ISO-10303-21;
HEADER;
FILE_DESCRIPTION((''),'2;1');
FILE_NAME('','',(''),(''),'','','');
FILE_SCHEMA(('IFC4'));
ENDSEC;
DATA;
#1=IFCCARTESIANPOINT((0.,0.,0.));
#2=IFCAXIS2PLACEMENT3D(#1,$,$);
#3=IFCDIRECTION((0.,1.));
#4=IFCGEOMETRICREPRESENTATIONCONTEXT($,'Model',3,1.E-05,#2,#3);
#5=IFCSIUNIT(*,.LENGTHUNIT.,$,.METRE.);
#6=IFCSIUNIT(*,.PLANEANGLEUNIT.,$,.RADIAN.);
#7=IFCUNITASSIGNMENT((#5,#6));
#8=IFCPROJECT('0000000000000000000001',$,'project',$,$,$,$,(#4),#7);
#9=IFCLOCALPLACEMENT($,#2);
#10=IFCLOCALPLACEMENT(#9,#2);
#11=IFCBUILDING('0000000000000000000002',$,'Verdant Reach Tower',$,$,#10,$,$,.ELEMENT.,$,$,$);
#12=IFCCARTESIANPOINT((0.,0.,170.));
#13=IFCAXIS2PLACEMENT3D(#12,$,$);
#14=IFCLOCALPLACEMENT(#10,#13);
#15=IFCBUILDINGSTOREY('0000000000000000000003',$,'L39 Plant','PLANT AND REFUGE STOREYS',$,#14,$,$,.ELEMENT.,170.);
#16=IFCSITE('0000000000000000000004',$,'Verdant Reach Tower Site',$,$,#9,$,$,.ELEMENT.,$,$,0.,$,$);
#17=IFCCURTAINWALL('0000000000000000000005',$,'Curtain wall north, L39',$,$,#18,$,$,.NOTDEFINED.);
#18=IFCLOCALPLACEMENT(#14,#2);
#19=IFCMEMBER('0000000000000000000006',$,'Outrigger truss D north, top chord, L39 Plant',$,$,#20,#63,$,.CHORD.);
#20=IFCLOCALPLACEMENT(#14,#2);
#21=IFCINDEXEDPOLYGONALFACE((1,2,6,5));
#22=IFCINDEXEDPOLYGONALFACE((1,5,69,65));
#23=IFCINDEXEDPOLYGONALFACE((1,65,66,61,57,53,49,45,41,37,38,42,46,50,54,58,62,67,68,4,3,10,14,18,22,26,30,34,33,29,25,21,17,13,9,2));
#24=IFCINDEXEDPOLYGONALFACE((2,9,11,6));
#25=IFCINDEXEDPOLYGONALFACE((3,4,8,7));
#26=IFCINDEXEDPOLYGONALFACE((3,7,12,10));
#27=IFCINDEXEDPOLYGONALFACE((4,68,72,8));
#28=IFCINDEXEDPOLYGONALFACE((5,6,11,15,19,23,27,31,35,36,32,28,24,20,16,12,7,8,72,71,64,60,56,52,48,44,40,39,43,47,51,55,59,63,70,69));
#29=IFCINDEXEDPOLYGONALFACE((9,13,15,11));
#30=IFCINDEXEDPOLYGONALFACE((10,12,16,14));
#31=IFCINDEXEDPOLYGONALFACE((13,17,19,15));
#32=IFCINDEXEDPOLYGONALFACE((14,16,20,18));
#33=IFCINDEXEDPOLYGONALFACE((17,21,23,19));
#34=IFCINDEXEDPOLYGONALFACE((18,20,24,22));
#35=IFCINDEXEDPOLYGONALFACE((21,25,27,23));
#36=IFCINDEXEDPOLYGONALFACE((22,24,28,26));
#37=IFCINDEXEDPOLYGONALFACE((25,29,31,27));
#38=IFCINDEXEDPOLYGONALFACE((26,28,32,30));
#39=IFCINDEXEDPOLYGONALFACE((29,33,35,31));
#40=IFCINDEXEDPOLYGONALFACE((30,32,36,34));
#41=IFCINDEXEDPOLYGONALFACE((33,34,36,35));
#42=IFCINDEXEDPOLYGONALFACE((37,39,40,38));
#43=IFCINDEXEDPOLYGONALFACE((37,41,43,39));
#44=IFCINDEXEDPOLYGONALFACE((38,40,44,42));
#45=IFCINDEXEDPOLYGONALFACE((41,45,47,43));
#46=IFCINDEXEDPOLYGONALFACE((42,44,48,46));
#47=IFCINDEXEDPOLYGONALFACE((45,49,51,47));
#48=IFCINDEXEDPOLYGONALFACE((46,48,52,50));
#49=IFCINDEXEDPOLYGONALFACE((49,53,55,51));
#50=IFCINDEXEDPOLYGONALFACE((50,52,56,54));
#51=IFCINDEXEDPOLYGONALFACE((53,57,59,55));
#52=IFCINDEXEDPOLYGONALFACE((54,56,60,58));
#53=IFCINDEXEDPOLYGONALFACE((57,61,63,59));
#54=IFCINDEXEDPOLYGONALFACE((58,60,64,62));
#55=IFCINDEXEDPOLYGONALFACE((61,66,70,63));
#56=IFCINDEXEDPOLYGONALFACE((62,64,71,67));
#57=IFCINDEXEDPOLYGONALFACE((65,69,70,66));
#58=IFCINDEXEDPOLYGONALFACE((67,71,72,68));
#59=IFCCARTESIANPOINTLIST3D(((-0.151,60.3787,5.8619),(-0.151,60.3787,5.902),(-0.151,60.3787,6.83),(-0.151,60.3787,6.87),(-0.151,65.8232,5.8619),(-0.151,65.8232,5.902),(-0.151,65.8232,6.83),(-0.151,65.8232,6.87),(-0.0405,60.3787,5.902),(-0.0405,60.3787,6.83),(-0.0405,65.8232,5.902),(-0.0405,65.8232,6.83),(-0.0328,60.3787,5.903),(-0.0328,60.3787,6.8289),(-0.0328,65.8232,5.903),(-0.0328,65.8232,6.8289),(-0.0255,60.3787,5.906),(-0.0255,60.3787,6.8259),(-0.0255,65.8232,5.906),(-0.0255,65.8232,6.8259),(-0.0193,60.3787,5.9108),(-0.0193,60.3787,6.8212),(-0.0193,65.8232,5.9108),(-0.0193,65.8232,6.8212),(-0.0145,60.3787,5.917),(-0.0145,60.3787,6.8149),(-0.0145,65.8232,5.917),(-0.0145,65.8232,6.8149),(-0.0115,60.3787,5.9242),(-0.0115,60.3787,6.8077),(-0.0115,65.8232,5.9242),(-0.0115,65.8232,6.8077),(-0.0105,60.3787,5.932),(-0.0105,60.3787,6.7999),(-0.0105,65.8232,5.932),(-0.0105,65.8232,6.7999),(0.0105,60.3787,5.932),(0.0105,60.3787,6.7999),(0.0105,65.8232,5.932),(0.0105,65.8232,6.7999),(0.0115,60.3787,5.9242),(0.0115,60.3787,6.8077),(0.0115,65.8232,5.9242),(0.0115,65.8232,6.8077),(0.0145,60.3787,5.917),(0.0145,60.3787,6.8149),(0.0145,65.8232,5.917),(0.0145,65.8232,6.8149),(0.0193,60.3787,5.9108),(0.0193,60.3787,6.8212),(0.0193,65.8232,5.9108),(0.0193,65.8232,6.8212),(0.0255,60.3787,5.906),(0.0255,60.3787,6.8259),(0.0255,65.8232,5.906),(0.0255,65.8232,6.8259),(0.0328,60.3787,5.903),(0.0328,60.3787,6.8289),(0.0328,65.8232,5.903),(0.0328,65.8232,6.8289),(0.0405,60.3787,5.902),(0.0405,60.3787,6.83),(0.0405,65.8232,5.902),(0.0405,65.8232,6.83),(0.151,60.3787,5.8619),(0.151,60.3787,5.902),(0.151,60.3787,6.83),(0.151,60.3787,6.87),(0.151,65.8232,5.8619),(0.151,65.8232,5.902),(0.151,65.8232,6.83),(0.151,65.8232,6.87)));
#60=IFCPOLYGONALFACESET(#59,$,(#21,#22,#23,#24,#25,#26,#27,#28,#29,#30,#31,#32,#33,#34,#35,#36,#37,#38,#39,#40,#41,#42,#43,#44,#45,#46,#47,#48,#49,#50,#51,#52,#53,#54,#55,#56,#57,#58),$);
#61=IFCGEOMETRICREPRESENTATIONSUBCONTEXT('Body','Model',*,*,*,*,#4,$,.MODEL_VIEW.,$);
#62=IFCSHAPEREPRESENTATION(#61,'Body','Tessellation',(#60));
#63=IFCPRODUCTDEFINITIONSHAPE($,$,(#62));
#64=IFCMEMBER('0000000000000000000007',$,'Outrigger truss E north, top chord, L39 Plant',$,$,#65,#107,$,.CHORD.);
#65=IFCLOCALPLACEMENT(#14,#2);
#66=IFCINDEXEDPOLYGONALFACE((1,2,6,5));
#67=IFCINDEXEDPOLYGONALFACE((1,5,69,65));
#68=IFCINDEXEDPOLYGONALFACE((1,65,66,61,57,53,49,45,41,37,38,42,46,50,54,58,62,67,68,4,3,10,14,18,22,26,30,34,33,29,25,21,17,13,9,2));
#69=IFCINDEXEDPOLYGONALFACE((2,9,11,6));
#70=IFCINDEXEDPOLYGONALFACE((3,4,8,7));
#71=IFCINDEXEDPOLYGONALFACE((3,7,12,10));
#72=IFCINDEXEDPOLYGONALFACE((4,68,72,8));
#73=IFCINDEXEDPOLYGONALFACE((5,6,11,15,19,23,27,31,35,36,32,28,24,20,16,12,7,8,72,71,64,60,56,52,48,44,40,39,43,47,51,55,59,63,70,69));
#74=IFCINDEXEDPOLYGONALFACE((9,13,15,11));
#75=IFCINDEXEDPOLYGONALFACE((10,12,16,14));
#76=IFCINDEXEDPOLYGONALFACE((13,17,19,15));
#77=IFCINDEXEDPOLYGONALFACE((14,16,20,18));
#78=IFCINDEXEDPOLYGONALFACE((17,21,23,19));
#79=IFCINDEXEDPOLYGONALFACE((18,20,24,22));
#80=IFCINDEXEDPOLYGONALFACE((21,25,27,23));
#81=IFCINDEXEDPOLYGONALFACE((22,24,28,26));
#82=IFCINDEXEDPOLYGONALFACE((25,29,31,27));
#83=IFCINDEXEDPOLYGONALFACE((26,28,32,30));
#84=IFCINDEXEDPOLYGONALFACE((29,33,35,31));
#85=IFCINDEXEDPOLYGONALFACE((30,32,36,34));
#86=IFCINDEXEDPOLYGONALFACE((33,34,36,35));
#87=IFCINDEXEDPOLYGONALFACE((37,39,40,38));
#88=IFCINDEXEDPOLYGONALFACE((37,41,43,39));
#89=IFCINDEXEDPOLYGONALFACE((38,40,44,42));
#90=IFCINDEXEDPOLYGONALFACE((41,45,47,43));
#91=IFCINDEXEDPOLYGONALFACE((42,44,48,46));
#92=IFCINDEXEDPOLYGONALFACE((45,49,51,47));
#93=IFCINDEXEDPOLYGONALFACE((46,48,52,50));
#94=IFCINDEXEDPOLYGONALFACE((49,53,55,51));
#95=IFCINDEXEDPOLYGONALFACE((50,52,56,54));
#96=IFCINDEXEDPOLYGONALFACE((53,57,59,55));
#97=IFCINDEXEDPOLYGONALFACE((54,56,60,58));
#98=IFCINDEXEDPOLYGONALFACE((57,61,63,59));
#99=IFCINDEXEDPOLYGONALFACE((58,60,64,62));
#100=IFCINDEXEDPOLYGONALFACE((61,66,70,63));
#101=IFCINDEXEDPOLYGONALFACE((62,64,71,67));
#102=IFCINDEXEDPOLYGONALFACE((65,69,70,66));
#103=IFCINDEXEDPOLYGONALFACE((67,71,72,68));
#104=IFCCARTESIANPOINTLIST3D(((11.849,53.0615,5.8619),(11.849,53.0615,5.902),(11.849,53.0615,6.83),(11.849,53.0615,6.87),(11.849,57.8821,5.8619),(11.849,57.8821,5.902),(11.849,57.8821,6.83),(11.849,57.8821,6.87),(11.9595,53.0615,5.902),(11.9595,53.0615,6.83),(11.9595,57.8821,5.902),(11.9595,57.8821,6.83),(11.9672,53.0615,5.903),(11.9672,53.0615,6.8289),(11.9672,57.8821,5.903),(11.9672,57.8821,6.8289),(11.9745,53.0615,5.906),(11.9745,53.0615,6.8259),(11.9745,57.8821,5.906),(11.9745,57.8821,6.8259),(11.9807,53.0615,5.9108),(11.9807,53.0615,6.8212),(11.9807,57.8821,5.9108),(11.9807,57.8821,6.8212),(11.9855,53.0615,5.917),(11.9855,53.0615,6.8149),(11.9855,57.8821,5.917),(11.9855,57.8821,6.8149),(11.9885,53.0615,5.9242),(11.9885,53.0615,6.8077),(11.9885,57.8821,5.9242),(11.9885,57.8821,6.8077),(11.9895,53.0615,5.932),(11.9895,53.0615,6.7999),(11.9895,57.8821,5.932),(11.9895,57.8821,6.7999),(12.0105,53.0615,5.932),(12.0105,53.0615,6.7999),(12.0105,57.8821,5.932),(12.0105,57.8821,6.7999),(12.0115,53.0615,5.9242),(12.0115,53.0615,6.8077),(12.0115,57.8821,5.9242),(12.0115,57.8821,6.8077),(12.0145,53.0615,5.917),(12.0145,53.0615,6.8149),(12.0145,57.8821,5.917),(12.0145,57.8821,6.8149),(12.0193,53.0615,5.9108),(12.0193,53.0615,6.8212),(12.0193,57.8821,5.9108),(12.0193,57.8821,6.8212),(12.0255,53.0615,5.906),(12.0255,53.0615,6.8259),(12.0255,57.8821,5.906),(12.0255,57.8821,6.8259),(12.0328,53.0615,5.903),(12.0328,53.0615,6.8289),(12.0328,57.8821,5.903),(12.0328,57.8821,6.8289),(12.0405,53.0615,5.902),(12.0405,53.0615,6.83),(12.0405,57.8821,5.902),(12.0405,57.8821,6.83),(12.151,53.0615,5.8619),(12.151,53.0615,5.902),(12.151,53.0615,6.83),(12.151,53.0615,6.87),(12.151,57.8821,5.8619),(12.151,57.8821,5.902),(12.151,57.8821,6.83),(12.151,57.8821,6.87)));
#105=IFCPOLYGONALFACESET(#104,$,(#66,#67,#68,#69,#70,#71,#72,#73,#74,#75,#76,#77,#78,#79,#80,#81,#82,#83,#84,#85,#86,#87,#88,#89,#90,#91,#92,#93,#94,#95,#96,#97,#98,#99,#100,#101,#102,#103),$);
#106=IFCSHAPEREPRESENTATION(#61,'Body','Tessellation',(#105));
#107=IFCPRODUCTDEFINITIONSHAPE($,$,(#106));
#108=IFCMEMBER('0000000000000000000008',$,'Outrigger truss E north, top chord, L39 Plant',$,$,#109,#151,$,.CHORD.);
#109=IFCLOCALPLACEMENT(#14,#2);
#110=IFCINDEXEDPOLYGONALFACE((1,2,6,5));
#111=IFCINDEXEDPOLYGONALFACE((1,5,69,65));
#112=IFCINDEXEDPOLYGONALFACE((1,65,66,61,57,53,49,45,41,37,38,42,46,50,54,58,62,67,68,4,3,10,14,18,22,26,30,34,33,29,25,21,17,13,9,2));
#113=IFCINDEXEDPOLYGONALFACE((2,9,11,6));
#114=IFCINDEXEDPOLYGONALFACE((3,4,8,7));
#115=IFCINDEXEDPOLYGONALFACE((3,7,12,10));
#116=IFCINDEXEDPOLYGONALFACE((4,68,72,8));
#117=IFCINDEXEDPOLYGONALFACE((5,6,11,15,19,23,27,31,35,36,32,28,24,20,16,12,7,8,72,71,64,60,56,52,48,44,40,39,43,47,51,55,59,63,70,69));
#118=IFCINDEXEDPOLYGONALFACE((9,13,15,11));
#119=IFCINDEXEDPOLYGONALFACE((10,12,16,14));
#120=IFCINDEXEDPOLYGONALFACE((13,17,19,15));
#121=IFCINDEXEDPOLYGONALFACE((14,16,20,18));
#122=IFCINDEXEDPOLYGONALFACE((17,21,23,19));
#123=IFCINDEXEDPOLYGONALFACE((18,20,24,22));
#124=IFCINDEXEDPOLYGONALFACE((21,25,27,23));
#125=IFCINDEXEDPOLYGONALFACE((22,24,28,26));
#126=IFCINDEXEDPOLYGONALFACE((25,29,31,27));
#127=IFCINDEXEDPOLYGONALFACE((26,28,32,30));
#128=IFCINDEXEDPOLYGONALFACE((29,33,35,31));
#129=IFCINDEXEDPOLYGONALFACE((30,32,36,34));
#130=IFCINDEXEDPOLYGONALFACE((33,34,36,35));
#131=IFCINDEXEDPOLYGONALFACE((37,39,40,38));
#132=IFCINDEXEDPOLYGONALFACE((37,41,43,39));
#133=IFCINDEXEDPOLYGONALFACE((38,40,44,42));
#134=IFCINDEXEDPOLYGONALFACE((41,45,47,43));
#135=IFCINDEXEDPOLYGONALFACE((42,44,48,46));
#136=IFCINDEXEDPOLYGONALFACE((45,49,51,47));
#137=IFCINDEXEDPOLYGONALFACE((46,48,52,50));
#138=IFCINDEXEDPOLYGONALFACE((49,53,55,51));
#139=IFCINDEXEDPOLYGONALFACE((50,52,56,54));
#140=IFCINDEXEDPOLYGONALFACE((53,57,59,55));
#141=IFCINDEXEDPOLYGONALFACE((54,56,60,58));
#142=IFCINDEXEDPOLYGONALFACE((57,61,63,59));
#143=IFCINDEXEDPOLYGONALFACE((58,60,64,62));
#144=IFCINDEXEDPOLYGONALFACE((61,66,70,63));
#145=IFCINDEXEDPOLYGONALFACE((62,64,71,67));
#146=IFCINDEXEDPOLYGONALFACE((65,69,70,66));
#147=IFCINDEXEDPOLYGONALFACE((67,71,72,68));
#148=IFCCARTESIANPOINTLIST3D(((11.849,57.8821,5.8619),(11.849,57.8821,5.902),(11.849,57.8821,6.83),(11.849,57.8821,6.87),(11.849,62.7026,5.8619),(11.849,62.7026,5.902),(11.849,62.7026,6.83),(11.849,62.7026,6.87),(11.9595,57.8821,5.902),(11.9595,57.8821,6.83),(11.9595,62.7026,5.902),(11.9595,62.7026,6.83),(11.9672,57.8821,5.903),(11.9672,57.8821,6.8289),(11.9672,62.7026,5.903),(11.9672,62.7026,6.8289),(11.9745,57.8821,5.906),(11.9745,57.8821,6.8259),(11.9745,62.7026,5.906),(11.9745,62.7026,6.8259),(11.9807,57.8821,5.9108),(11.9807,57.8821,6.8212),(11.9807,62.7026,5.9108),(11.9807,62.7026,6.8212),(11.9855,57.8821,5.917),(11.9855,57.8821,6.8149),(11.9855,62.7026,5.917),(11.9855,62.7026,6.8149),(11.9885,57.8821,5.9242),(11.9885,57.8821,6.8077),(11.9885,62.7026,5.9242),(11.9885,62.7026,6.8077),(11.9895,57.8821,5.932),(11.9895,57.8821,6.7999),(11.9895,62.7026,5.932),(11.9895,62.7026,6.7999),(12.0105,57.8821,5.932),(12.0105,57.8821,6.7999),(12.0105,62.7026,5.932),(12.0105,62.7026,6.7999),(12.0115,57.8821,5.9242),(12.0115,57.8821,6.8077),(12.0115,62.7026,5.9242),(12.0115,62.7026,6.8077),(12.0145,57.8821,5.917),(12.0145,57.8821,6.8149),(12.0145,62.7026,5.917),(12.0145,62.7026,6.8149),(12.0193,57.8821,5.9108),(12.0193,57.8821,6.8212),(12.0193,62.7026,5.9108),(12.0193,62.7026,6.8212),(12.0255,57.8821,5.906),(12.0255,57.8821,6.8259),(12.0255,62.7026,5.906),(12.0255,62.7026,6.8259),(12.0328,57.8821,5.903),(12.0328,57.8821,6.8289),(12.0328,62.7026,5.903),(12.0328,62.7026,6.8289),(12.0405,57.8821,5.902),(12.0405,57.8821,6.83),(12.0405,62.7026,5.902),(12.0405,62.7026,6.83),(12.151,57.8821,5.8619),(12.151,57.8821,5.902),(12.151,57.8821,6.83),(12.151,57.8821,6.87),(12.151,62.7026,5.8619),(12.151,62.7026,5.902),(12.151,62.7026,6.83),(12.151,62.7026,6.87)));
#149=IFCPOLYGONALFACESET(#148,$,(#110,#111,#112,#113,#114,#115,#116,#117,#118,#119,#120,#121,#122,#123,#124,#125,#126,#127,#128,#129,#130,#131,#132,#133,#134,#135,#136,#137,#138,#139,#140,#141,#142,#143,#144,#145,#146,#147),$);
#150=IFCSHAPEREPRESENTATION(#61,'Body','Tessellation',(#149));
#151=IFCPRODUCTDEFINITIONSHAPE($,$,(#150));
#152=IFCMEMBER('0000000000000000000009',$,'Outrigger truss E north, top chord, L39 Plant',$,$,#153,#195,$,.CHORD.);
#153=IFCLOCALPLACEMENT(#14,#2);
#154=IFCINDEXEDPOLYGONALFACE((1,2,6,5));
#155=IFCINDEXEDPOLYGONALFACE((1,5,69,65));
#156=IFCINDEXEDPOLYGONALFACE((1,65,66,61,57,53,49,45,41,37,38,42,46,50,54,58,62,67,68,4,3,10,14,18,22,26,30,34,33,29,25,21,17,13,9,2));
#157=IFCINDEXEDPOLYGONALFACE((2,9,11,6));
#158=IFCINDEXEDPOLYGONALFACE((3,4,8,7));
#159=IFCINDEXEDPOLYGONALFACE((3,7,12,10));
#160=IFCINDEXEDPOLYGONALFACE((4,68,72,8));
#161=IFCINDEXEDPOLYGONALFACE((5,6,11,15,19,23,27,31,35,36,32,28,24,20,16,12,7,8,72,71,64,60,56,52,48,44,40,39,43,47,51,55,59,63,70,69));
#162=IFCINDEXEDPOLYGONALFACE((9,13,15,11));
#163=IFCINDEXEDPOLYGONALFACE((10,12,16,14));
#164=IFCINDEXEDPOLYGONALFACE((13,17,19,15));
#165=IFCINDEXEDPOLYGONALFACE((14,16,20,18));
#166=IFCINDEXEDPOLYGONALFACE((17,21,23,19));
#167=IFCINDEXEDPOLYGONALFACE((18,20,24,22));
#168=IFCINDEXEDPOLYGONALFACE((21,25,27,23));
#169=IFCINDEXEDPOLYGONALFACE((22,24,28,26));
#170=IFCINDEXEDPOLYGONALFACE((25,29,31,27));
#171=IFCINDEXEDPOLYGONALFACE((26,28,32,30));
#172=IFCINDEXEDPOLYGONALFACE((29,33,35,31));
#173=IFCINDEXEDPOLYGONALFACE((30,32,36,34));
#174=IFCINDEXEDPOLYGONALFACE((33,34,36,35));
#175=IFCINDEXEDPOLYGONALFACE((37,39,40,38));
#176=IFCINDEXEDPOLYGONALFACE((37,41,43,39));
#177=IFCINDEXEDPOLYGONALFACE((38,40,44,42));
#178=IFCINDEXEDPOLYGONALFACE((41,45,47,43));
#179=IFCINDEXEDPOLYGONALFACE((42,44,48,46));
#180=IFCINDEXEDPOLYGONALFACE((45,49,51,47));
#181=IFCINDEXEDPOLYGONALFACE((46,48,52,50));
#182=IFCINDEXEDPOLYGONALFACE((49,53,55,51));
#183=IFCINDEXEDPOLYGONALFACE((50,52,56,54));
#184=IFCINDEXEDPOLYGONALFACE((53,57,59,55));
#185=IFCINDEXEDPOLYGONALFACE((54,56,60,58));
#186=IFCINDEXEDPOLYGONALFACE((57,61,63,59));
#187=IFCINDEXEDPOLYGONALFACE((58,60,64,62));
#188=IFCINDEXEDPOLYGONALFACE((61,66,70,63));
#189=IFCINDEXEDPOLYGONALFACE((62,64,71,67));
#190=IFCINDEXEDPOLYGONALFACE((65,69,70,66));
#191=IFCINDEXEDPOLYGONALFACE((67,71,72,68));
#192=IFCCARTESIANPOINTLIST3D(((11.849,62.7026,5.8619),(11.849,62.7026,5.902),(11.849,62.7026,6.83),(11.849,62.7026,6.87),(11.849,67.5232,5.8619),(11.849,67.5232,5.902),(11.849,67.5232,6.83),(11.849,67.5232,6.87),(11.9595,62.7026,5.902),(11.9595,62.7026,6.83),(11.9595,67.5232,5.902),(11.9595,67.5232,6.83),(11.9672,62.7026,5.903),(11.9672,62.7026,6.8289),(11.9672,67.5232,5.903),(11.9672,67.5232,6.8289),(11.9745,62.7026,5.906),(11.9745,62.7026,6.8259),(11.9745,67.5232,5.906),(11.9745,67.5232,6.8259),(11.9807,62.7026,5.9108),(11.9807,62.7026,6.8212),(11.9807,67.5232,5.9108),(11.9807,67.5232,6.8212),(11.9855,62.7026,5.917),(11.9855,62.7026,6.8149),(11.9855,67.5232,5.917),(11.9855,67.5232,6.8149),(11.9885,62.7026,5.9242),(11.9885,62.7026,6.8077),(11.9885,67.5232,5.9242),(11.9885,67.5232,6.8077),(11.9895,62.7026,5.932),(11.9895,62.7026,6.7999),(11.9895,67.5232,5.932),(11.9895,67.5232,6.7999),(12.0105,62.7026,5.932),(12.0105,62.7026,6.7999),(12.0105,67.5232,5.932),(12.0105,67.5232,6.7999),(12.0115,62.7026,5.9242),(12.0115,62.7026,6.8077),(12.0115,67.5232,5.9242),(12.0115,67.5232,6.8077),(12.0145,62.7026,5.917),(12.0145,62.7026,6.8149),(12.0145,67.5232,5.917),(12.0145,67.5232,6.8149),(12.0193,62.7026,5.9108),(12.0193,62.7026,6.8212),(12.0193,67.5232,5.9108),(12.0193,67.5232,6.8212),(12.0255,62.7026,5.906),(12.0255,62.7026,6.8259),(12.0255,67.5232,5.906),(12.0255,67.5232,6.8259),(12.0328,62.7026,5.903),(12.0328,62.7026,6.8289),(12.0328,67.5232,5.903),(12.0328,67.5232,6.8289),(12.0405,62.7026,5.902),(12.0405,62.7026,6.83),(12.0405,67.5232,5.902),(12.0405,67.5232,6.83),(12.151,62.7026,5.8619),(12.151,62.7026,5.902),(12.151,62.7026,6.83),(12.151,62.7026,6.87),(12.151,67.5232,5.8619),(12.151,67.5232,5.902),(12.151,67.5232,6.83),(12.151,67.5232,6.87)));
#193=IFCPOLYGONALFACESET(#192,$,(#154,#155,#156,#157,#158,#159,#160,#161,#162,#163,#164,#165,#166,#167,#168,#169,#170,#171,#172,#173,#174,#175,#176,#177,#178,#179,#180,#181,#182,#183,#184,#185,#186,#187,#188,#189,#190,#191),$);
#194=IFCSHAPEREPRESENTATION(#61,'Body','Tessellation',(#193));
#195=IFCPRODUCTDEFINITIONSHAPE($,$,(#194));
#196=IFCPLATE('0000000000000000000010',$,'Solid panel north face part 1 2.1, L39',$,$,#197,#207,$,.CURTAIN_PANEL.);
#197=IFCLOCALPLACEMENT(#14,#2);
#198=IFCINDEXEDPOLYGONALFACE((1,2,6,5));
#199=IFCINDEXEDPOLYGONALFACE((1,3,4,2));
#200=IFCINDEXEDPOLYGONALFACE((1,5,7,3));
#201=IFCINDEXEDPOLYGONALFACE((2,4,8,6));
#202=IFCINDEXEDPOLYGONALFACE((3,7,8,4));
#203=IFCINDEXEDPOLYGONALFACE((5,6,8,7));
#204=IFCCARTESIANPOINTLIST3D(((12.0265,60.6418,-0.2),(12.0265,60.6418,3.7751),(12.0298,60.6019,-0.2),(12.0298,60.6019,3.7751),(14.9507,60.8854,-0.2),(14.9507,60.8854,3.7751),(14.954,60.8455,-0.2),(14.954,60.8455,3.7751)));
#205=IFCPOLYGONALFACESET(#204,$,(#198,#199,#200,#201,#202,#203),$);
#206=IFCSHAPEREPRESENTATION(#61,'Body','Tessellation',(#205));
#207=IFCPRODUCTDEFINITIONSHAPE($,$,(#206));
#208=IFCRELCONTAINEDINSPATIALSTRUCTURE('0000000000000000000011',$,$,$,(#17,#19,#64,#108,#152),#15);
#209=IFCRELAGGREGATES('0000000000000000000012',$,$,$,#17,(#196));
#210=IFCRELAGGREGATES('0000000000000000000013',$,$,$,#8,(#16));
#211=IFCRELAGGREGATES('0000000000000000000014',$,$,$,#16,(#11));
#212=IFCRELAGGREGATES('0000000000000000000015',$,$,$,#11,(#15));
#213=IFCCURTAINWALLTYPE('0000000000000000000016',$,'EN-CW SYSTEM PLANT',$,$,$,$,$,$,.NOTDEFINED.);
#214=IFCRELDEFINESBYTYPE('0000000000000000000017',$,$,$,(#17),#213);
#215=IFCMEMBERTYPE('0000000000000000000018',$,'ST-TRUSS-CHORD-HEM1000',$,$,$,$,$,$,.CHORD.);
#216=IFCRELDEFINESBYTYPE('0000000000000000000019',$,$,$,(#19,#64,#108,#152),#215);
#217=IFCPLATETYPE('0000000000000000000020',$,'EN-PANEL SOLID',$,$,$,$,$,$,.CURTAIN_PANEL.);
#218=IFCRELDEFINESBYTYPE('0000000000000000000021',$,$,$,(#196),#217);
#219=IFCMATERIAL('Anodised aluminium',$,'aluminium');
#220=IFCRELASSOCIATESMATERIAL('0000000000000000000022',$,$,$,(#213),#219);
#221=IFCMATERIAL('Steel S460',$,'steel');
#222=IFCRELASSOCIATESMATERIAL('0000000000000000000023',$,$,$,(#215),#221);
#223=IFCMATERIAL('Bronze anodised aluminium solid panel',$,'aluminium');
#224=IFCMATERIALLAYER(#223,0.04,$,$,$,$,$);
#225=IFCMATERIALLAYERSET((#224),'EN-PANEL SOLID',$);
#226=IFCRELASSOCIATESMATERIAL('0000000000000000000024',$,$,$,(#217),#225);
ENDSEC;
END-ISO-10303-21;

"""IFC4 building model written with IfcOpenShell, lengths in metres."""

from ifc_helpers import new_model, si_unit, direction, frame, origin, origin_2d, place, context, subcontext, project, spatial, rectangle, i_section, extrude, material, layer, layer_set, material_profile, profile_set, type_object, element, aggregate, save


model = new_model("IFC4")

# Units and contexts
model_context = context("Model", 3, precision=1e-05, world=origin(), true_north=direction((0.0, 1.0)))
body_context = subcontext(model_context, "Body", "Model", "MODEL_VIEW")
ifc_project = project(units=[si_unit("LENGTHUNIT", "METRE"), si_unit("PLANEANGLEUNIT", "RADIAN")], contexts=[model_context])

# Site, building, storey
site_placement = place(None, origin())
site = spatial("IfcSite", under=ifc_project, at=site_placement, Name="Verdant Reach Tower Site", CompositionType="ELEMENT", RefElevation=0.0)
building_placement = place(site_placement, origin())
building = spatial("IfcBuilding", under=site, at=building_placement, Name="Verdant Reach Tower", CompositionType="ELEMENT")
storey_placement = place(building_placement, frame((0.0, 0.0, 170.0)))
storey = spatial("IfcBuildingStorey", under=building, at=storey_placement, Name="L39 Plant", Description="PLANT AND REFUGE STOREYS", CompositionType="ELEMENT", Elevation=170.0)

# Shared definitions
ifc_material_1 = material(Name="Steel S460", Category="steel")

# Curtain wall
ifc_material_2 = material(Name="Anodised aluminium", Category="aluminium")
curtain_wall_type = type_object("IfcCurtainWallType", Name="EN-CW SYSTEM PLANT", PredefinedType="NOTDEFINED", material=ifc_material_2)
curtain_wall_placement = place(storey_placement, origin())
curtain_wall = element("IfcCurtainWall", 1, at=curtain_wall_placement, inside=storey, type_object=curtain_wall_type, Name="Curtain wall north, L39", PredefinedType="NOTDEFINED")

# Members
ifc_material_profile_1 = material_profile(ifc_material_1, i_section(OverallWidth=0.302, OverallDepth=1.0081, WebThickness=0.021, FlangeThickness=0.04, FilletRadius=0.03, at=origin_2d()), Name="HEM 1000")
ifc_profile_set_1 = profile_set([ifc_material_profile_1], Name="Steel S460")
member_type_1 = type_object("IfcMemberType", Name="ST-TRUSS-CHORD-HEM1000", PredefinedType="CHORD", material=ifc_profile_set_1)
member_1_placement = place(storey_placement, frame((0.0, 60.3787, 6.366), z_axis=(0.0, 1.0, 0.0), x_axis=(-1.0, 0.0, 0.0)))
element("IfcMember", 2, at=member_1_placement, inside=storey, type_object=member_type_1, Name="Outrigger truss D north, top chord, L39 Plant", PredefinedType="CHORD", context=body_context, shape_type="SweptSolid", body=[
    extrude(i_section(OverallWidth=0.302, OverallDepth=1.0081, WebThickness=0.021, FlangeThickness=0.04, FilletRadius=0.03, at=origin_2d()), origin(), (0.0, 0.0, 1.0), 5.4446),
])
for number, where, z_axis, x_axis, name in (
    (3, (12.0, 53.0615, 6.366), (0.0, 1.0, 0.0), (-1.0, 0.0, 0.0), "Outrigger truss E north, top chord, L39 Plant"),
    (4, (12.0, 57.8821, 6.366), (0.0, 1.0, 0.0), (-1.0, 0.0, 0.0), "Outrigger truss E north, top chord, L39 Plant"),
    (5, (12.0, 62.7026, 6.366), (0.0, 1.0, 0.0), (-1.0, 0.0, 0.0), "Outrigger truss E north, top chord, L39 Plant"),
):
    element("IfcMember", number, at=place(storey_placement, frame(where, z_axis=z_axis, x_axis=x_axis)), inside=storey, type_object=member_type_1, Name=name, PredefinedType="CHORD", context=body_context, shape_type="SweptSolid", body=[
        extrude(i_section(OverallWidth=0.302, OverallDepth=1.0081, WebThickness=0.021, FlangeThickness=0.04, FilletRadius=0.03, at=origin_2d()), origin(), (0.0, 0.0, 1.0), 4.8206),
    ])

# Plate
ifc_material_3 = material(Name="Bronze anodised aluminium solid panel", Category="aluminium")
ifc_layer_1 = layer(ifc_material_3, 0.04)
ifc_layer_set_1 = layer_set([ifc_layer_1], Name="EN-PANEL SOLID")
plate_type_1 = type_object("IfcPlateType", Name="EN-PANEL SOLID", PredefinedType="CURTAIN_PANEL", material=ifc_layer_set_1)
plate_1_placement = place(storey_placement, frame((13.4902, 60.7437, -0.2), z_axis=(0.0, 0.0, 1.0), x_axis=(-0.996546, -0.083045, 0.0)))
plate_1 = element("IfcPlate", 6, at=plate_1_placement, type_object=plate_type_1, Name="Solid panel north face part 1 2.1, L39", PredefinedType="CURTAIN_PANEL", context=body_context, shape_type="SweptSolid", body=[
    extrude(rectangle(XDim=2.9343, YDim=0.04, at=origin_2d()), origin(), (0.0, 0.0, 1.0), 3.9751),
])

aggregate(curtain_wall, [plate_1])

save(model, "model.ifc")
